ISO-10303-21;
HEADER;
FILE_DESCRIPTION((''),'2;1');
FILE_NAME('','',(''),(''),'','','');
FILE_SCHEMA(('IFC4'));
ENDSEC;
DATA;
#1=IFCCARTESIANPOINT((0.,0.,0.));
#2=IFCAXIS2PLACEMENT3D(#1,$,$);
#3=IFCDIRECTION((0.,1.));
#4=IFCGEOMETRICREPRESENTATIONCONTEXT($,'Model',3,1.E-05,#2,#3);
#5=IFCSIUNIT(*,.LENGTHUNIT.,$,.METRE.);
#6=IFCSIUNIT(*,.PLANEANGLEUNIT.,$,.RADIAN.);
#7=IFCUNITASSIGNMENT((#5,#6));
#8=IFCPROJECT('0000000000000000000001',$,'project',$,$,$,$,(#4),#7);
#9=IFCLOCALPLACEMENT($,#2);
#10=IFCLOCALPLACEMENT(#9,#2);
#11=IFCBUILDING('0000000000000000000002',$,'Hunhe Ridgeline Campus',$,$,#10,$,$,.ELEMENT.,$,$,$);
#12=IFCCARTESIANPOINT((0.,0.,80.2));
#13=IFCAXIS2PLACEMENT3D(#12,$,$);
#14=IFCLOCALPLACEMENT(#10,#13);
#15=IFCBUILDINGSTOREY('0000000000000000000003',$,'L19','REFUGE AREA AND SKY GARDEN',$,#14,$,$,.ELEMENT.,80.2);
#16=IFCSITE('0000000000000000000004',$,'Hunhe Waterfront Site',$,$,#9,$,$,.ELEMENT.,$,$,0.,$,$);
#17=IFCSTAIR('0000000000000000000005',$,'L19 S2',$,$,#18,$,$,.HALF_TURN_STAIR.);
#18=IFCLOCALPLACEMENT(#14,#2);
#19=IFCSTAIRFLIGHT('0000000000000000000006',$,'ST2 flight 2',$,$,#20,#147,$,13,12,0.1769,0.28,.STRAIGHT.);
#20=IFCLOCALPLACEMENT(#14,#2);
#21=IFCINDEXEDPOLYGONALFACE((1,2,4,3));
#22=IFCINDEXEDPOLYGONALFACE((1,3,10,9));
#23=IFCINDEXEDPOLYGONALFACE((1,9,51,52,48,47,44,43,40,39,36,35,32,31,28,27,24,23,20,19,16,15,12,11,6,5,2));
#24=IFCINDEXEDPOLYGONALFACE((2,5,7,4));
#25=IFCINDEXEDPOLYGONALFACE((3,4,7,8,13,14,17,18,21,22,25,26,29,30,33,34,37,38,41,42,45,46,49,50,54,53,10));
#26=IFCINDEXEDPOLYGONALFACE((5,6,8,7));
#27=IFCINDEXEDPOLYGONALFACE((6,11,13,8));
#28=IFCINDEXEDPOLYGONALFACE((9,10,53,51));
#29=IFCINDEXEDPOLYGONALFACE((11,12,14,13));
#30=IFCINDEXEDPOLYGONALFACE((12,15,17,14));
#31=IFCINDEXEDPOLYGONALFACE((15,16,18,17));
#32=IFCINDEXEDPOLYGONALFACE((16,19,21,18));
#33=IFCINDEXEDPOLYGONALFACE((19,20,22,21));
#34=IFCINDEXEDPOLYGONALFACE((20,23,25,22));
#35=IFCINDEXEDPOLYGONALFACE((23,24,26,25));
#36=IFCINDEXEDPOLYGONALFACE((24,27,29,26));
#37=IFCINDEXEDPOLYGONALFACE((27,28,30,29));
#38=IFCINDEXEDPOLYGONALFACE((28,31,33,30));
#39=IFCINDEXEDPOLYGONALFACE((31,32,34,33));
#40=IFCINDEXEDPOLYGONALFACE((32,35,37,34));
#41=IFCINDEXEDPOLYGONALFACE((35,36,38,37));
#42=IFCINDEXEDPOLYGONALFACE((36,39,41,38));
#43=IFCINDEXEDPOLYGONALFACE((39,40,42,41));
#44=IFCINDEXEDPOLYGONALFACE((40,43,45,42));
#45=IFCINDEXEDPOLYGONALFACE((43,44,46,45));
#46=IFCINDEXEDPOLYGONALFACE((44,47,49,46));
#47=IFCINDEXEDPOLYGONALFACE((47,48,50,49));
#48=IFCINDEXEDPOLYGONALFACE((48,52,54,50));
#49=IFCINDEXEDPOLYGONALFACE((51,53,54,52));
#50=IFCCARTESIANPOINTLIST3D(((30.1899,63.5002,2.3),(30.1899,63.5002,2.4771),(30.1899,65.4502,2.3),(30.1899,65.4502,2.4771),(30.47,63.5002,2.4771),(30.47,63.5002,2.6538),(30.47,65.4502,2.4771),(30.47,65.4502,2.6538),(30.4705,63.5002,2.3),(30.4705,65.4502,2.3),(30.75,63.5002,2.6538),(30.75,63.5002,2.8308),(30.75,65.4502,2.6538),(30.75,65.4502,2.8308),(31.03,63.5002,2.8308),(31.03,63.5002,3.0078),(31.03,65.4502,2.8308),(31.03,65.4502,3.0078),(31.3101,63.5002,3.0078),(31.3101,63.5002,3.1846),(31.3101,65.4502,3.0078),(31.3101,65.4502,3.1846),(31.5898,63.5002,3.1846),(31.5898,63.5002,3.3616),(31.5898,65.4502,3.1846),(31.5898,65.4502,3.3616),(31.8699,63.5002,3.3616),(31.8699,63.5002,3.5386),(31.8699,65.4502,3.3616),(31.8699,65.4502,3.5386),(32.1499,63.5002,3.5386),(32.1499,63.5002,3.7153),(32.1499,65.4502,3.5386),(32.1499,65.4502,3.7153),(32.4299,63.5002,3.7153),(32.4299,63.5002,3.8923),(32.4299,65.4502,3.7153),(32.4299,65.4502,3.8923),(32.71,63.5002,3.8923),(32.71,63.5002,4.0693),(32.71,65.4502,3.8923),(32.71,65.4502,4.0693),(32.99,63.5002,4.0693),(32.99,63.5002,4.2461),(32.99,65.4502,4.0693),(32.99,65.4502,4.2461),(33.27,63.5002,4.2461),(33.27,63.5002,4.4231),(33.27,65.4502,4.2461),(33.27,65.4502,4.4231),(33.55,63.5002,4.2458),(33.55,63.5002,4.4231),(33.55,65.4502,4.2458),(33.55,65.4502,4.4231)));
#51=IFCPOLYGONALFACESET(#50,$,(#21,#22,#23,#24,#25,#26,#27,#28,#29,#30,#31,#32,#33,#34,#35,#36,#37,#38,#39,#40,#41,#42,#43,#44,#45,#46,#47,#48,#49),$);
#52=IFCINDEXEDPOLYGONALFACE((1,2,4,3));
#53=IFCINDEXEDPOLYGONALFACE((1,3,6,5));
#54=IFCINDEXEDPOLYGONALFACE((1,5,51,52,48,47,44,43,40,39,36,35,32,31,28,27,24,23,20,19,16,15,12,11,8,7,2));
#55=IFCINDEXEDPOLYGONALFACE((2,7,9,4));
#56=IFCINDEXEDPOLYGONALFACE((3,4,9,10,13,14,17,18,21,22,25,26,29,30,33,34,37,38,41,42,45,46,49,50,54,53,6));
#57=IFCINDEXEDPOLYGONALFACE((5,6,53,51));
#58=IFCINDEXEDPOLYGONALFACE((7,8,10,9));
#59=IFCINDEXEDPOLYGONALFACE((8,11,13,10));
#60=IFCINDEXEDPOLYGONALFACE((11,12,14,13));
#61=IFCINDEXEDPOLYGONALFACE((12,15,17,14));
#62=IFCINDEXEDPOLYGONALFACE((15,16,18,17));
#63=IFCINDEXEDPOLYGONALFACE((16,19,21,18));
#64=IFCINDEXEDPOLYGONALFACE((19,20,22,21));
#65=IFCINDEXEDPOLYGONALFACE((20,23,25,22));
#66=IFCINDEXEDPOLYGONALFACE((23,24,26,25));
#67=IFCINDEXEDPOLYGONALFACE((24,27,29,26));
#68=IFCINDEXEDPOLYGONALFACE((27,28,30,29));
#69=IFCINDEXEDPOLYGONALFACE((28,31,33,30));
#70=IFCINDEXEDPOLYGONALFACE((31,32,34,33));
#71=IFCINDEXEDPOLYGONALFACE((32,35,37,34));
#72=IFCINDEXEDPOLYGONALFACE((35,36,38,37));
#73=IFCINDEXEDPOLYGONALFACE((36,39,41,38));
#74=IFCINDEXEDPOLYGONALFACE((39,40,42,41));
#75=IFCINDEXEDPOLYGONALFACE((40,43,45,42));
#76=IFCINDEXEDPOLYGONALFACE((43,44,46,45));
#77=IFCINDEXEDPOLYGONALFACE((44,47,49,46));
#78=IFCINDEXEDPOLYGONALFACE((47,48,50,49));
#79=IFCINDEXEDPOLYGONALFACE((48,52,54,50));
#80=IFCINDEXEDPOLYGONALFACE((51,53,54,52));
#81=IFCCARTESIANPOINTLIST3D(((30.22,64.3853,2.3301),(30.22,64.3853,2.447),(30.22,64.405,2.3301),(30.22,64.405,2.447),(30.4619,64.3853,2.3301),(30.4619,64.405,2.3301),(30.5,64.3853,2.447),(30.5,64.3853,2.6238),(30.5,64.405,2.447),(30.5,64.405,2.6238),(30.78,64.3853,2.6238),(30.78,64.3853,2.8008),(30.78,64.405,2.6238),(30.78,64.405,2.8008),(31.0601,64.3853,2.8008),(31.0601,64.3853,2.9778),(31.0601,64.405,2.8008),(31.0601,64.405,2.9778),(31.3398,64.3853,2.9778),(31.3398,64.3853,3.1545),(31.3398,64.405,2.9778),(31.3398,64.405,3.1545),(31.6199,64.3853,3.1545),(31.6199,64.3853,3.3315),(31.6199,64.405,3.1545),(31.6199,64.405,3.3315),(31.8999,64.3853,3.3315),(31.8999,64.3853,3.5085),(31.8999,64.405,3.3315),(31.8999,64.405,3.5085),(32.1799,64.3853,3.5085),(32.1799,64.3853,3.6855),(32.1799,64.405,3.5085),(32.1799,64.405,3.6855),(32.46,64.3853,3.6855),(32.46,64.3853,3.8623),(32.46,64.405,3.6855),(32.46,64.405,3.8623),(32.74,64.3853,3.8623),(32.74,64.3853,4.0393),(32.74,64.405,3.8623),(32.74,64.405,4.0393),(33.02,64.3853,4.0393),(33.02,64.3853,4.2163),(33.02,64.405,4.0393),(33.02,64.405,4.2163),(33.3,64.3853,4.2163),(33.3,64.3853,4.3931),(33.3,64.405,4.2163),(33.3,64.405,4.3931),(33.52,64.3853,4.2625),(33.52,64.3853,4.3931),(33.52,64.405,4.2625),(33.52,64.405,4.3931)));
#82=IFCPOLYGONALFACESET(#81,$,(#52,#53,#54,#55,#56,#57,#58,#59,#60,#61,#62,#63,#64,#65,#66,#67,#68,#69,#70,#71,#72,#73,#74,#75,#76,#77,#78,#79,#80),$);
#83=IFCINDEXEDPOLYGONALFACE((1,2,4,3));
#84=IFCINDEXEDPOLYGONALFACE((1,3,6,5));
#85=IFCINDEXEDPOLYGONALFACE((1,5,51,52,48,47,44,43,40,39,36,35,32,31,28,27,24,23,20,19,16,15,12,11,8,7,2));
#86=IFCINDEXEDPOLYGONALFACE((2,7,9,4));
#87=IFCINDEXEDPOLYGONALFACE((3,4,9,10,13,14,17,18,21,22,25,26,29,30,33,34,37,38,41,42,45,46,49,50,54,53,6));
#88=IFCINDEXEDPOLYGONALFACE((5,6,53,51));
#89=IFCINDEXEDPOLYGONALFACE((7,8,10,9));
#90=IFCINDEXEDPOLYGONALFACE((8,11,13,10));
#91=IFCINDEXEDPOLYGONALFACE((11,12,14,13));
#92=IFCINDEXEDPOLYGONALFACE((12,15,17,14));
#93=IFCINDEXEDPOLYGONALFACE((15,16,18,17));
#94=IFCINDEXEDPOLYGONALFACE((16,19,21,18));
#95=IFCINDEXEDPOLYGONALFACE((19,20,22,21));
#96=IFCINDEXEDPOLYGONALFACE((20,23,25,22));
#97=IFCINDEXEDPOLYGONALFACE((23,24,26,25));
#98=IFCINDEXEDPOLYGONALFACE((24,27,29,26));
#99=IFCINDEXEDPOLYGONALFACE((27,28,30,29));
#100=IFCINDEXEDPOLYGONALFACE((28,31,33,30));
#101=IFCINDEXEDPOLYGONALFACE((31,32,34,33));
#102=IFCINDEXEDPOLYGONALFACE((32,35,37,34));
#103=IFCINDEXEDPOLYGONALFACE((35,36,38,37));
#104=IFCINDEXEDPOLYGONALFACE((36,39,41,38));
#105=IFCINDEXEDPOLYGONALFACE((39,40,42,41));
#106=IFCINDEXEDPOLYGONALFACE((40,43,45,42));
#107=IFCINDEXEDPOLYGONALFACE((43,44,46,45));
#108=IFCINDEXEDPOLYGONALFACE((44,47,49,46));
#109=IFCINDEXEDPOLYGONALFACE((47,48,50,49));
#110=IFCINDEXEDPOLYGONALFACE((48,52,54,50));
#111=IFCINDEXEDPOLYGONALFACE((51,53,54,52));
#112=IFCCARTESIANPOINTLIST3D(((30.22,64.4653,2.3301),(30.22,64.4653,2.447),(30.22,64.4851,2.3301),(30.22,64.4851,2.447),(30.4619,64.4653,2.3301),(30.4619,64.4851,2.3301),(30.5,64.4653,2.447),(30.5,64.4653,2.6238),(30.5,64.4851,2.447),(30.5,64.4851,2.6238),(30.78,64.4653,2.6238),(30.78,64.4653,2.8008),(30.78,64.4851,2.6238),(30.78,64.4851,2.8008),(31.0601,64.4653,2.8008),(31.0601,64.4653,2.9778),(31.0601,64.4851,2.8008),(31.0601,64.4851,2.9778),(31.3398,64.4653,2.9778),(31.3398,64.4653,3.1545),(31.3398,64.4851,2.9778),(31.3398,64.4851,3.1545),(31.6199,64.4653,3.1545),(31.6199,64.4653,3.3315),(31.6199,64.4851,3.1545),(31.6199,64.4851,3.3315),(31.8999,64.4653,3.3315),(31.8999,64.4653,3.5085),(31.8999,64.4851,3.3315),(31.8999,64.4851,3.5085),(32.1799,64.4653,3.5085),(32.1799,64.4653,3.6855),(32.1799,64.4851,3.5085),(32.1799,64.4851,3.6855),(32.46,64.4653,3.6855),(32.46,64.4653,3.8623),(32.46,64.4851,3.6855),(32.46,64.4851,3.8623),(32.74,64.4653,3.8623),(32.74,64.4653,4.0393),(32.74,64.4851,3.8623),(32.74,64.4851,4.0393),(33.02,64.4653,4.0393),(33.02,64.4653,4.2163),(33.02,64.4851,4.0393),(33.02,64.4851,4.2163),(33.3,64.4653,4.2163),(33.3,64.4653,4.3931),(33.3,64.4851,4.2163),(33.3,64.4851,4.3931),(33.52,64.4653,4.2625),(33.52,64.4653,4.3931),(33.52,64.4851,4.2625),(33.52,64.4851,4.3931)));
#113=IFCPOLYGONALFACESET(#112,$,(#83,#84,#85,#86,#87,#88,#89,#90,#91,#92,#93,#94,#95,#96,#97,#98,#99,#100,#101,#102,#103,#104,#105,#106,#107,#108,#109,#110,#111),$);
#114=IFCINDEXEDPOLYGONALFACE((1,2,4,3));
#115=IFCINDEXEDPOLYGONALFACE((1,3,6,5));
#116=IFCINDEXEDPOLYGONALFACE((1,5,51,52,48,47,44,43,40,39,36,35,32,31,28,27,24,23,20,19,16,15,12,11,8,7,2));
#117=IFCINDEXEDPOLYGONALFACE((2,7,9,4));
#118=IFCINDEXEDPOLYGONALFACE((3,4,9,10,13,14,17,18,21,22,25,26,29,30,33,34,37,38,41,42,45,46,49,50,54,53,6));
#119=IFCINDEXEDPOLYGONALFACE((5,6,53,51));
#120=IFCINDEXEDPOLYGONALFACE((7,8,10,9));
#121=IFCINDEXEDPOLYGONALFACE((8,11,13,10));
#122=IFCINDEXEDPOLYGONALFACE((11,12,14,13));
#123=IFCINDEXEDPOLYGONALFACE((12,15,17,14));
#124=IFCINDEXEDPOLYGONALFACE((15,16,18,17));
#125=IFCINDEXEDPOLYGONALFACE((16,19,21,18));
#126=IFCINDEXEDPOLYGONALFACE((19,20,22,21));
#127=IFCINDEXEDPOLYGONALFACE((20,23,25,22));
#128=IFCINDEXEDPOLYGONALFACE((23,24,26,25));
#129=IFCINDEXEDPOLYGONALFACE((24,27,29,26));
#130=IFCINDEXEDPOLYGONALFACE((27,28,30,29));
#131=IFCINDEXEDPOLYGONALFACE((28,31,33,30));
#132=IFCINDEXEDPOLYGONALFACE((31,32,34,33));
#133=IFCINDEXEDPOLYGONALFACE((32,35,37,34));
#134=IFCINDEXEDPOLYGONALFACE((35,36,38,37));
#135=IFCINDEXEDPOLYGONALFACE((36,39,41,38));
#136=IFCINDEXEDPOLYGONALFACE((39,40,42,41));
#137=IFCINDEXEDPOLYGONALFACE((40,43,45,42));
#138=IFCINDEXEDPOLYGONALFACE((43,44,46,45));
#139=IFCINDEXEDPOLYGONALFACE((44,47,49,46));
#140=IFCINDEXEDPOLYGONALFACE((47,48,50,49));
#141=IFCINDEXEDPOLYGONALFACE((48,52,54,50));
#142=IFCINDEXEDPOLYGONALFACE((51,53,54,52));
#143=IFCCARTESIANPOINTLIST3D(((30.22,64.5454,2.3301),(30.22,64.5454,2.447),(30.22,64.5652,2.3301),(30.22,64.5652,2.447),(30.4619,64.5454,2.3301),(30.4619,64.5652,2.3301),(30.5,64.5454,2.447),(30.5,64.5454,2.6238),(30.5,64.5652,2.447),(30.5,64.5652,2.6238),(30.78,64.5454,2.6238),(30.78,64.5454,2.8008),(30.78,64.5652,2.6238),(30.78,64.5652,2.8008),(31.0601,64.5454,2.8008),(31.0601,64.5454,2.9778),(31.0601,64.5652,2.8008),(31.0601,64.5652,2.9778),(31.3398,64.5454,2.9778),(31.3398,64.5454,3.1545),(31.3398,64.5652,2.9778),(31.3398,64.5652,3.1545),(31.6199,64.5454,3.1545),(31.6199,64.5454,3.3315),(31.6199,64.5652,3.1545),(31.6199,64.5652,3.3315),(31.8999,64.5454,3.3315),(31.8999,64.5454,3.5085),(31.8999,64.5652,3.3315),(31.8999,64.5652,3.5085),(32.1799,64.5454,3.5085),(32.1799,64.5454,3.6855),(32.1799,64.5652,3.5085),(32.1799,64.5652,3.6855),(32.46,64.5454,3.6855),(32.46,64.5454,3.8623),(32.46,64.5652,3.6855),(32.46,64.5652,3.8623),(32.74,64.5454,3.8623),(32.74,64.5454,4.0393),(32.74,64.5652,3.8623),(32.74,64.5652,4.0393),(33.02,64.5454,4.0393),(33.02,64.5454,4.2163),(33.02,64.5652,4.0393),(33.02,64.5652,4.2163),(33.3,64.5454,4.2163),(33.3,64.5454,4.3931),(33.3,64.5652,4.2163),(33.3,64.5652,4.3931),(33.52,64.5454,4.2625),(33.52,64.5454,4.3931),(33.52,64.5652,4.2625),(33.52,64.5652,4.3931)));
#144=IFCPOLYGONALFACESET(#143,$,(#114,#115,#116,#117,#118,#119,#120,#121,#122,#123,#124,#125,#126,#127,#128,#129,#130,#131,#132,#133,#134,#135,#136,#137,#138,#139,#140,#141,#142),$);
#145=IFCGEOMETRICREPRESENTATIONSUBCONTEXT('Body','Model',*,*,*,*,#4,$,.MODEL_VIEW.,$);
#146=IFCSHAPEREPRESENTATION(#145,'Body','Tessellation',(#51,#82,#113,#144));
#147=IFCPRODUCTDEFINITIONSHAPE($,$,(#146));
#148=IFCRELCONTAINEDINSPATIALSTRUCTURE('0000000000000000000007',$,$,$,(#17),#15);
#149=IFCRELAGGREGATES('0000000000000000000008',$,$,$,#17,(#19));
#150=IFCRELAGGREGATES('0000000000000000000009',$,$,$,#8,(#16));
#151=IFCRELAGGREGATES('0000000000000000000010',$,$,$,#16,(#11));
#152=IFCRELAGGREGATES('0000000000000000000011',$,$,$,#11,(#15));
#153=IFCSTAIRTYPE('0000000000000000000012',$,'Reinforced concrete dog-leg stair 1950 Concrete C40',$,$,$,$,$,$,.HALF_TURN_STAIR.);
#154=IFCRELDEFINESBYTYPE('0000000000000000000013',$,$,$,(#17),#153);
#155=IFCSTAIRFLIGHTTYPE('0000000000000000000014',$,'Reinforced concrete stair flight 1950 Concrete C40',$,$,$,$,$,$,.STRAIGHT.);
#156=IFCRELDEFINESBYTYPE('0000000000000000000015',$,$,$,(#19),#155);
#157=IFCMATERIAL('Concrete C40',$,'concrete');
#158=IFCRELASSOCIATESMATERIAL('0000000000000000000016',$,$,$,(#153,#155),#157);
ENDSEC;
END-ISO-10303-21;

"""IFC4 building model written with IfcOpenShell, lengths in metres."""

from ifc_helpers import new_model, si_unit, direction, frame, origin, place, context, subcontext, project, spatial, polyline, outline, extrude, material, type_object, element, aggregate, save


model = new_model("IFC4")

# Units and contexts
model_context = context("Model", 3, precision=1e-05, world=origin(), true_north=direction((0.0, 1.0)))
body_context = subcontext(model_context, "Body", "Model", "MODEL_VIEW")
ifc_project = project(units=[si_unit("LENGTHUNIT", "METRE"), si_unit("PLANEANGLEUNIT", "RADIAN")], contexts=[model_context])

# Site, building, storey
site_placement = place(None, origin())
site = spatial("IfcSite", under=ifc_project, at=site_placement, Name="Hunhe Waterfront Site", CompositionType="ELEMENT", RefElevation=0.0)
building_placement = place(site_placement, origin())
building = spatial("IfcBuilding", under=site, at=building_placement, Name="Hunhe Ridgeline Campus", CompositionType="ELEMENT")
storey_placement = place(building_placement, frame((0.0, 0.0, 80.2)))
storey = spatial("IfcBuildingStorey", under=building, at=storey_placement, Name="L19", Description="REFUGE AREA AND SKY GARDEN", CompositionType="ELEMENT", Elevation=80.2)

# Stair, stair flight
ifc_material_1 = material(Name="Concrete C40", Category="concrete")
stair_type = type_object("IfcStairType", Name="Reinforced concrete dog-leg stair 1950 Concrete C40", PredefinedType="HALF_TURN_STAIR", material=ifc_material_1)
stair_placement = place(storey_placement, origin())
stair = element("IfcStair", 1, at=stair_placement, inside=storey, type_object=stair_type, Name="L19 S2", PredefinedType="HALF_TURN_STAIR")
stair_flight_type = type_object("IfcStairFlightType", Name="Reinforced concrete stair flight 1950 Concrete C40", PredefinedType="STRAIGHT", material=ifc_material_1)
stair_flight_1_placement = place(storey_placement, frame((30.1899, 64.4751, 2.3), z_axis=(0.0, 0.0, 1.0), x_axis=(1.0, 0.0, 0.0)))
stair_flight_1 = element("IfcStairFlight", 2, at=stair_flight_1_placement, type_object=stair_flight_type, Name="ST2 flight 2", NumberOfRisers=13, NumberOfTreads=12, PredefinedType="STRAIGHT", RiserHeight=0.1769, TreadLength=0.28, context=body_context, shape_type="SweptSolid", body=[
    extrude(outline(polyline([(0.0, 0.0), (0.0, 0.177), (0.28, 0.177), (0.28, 0.3538), (0.5601, 0.3538), (0.5601, 0.5308), (0.8401, 0.5308), (0.8401, 0.7078), (1.1201, 0.7078), (1.1201, 0.8845), (1.3999, 0.8845), (1.3999, 1.0615), (1.6799, 1.0615), (1.6799, 1.2385), (1.96, 1.2385), (1.96, 1.4153), (2.24, 1.4153), (2.24, 1.5923), (2.52, 1.5923), (2.52, 1.7693), (2.8, 1.7693), (2.8, 1.946), (3.0801, 1.946), (3.0801, 2.123), (3.3601, 2.123), (3.3601, 2.3), (3.3601, 1.9458), (0.2805, 0.0), (0.0, 0.0)])), frame((0.0, 0.9751, 0.0), z_axis=(0.0, -1.0, 0.0), x_axis=(1.0, 0.0, 0.0)), (0.0, 0.0, 1.0), 1.95),
    extrude(outline(polyline([(0.03, 0.03), (0.03, 0.147), (0.3101, 0.147), (0.3101, 0.3237), (0.5901, 0.3237), (0.5901, 0.5007), (0.8701, 0.5007), (0.8701, 0.6777), (1.1499, 0.6777), (1.1499, 0.8545), (1.4299, 0.8545), (1.4299, 1.0315), (1.71, 1.0315), (1.71, 1.2085), (1.99, 1.2085), (1.99, 1.3855), (2.27, 1.3855), (2.27, 1.5623), (2.55, 1.5623), (2.55, 1.7393), (2.8301, 1.7393), (2.8301, 1.9163), (3.1101, 1.9163), (3.1101, 2.093), (3.3301, 2.093), (3.3301, 1.9624), (0.272, 0.03), (0.03, 0.03)])), frame((0.0, -0.0701, 0.0), z_axis=(0.0, -1.0, 0.0), x_axis=(1.0, 0.0, 0.0)), (0.0, 0.0, 1.0), 0.0198),
    extrude(outline(polyline([(0.03, 0.03), (0.03, 0.147), (0.3101, 0.147), (0.3101, 0.3237), (0.5901, 0.3237), (0.5901, 0.5007), (0.8701, 0.5007), (0.8701, 0.6777), (1.1499, 0.6777), (1.1499, 0.8545), (1.4299, 0.8545), (1.4299, 1.0315), (1.71, 1.0315), (1.71, 1.2085), (1.99, 1.2085), (1.99, 1.3855), (2.27, 1.3855), (2.27, 1.5623), (2.55, 1.5623), (2.55, 1.7393), (2.8301, 1.7393), (2.8301, 1.9163), (3.1101, 1.9163), (3.1101, 2.093), (3.3301, 2.093), (3.3301, 1.9624), (0.272, 0.03), (0.03, 0.03)])), frame((0.0, 0.01, 0.0), z_axis=(0.0, -1.0, 0.0), x_axis=(1.0, 0.0, 0.0)), (0.0, 0.0, 1.0), 0.0198),
    extrude(outline(polyline([(0.03, 0.03), (0.03, 0.147), (0.3101, 0.147), (0.3101, 0.3237), (0.5901, 0.3237), (0.5901, 0.5007), (0.8701, 0.5007), (0.8701, 0.6777), (1.1499, 0.6777), (1.1499, 0.8545), (1.4299, 0.8545), (1.4299, 1.0315), (1.71, 1.0315), (1.71, 1.2085), (1.99, 1.2085), (1.99, 1.3855), (2.27, 1.3855), (2.27, 1.5623), (2.55, 1.5623), (2.55, 1.7393), (2.8301, 1.7393), (2.8301, 1.9163), (3.1101, 1.9163), (3.1101, 2.093), (3.3301, 2.093), (3.3301, 1.9624), (0.272, 0.03), (0.03, 0.03)])), frame((0.0, 0.0901, 0.0), z_axis=(0.0, -1.0, 0.0), x_axis=(1.0, 0.0, 0.0)), (0.0, 0.0, 1.0), 0.0198),
])
aggregate(stair, [stair_flight_1])

save(model, "model.ifc")
